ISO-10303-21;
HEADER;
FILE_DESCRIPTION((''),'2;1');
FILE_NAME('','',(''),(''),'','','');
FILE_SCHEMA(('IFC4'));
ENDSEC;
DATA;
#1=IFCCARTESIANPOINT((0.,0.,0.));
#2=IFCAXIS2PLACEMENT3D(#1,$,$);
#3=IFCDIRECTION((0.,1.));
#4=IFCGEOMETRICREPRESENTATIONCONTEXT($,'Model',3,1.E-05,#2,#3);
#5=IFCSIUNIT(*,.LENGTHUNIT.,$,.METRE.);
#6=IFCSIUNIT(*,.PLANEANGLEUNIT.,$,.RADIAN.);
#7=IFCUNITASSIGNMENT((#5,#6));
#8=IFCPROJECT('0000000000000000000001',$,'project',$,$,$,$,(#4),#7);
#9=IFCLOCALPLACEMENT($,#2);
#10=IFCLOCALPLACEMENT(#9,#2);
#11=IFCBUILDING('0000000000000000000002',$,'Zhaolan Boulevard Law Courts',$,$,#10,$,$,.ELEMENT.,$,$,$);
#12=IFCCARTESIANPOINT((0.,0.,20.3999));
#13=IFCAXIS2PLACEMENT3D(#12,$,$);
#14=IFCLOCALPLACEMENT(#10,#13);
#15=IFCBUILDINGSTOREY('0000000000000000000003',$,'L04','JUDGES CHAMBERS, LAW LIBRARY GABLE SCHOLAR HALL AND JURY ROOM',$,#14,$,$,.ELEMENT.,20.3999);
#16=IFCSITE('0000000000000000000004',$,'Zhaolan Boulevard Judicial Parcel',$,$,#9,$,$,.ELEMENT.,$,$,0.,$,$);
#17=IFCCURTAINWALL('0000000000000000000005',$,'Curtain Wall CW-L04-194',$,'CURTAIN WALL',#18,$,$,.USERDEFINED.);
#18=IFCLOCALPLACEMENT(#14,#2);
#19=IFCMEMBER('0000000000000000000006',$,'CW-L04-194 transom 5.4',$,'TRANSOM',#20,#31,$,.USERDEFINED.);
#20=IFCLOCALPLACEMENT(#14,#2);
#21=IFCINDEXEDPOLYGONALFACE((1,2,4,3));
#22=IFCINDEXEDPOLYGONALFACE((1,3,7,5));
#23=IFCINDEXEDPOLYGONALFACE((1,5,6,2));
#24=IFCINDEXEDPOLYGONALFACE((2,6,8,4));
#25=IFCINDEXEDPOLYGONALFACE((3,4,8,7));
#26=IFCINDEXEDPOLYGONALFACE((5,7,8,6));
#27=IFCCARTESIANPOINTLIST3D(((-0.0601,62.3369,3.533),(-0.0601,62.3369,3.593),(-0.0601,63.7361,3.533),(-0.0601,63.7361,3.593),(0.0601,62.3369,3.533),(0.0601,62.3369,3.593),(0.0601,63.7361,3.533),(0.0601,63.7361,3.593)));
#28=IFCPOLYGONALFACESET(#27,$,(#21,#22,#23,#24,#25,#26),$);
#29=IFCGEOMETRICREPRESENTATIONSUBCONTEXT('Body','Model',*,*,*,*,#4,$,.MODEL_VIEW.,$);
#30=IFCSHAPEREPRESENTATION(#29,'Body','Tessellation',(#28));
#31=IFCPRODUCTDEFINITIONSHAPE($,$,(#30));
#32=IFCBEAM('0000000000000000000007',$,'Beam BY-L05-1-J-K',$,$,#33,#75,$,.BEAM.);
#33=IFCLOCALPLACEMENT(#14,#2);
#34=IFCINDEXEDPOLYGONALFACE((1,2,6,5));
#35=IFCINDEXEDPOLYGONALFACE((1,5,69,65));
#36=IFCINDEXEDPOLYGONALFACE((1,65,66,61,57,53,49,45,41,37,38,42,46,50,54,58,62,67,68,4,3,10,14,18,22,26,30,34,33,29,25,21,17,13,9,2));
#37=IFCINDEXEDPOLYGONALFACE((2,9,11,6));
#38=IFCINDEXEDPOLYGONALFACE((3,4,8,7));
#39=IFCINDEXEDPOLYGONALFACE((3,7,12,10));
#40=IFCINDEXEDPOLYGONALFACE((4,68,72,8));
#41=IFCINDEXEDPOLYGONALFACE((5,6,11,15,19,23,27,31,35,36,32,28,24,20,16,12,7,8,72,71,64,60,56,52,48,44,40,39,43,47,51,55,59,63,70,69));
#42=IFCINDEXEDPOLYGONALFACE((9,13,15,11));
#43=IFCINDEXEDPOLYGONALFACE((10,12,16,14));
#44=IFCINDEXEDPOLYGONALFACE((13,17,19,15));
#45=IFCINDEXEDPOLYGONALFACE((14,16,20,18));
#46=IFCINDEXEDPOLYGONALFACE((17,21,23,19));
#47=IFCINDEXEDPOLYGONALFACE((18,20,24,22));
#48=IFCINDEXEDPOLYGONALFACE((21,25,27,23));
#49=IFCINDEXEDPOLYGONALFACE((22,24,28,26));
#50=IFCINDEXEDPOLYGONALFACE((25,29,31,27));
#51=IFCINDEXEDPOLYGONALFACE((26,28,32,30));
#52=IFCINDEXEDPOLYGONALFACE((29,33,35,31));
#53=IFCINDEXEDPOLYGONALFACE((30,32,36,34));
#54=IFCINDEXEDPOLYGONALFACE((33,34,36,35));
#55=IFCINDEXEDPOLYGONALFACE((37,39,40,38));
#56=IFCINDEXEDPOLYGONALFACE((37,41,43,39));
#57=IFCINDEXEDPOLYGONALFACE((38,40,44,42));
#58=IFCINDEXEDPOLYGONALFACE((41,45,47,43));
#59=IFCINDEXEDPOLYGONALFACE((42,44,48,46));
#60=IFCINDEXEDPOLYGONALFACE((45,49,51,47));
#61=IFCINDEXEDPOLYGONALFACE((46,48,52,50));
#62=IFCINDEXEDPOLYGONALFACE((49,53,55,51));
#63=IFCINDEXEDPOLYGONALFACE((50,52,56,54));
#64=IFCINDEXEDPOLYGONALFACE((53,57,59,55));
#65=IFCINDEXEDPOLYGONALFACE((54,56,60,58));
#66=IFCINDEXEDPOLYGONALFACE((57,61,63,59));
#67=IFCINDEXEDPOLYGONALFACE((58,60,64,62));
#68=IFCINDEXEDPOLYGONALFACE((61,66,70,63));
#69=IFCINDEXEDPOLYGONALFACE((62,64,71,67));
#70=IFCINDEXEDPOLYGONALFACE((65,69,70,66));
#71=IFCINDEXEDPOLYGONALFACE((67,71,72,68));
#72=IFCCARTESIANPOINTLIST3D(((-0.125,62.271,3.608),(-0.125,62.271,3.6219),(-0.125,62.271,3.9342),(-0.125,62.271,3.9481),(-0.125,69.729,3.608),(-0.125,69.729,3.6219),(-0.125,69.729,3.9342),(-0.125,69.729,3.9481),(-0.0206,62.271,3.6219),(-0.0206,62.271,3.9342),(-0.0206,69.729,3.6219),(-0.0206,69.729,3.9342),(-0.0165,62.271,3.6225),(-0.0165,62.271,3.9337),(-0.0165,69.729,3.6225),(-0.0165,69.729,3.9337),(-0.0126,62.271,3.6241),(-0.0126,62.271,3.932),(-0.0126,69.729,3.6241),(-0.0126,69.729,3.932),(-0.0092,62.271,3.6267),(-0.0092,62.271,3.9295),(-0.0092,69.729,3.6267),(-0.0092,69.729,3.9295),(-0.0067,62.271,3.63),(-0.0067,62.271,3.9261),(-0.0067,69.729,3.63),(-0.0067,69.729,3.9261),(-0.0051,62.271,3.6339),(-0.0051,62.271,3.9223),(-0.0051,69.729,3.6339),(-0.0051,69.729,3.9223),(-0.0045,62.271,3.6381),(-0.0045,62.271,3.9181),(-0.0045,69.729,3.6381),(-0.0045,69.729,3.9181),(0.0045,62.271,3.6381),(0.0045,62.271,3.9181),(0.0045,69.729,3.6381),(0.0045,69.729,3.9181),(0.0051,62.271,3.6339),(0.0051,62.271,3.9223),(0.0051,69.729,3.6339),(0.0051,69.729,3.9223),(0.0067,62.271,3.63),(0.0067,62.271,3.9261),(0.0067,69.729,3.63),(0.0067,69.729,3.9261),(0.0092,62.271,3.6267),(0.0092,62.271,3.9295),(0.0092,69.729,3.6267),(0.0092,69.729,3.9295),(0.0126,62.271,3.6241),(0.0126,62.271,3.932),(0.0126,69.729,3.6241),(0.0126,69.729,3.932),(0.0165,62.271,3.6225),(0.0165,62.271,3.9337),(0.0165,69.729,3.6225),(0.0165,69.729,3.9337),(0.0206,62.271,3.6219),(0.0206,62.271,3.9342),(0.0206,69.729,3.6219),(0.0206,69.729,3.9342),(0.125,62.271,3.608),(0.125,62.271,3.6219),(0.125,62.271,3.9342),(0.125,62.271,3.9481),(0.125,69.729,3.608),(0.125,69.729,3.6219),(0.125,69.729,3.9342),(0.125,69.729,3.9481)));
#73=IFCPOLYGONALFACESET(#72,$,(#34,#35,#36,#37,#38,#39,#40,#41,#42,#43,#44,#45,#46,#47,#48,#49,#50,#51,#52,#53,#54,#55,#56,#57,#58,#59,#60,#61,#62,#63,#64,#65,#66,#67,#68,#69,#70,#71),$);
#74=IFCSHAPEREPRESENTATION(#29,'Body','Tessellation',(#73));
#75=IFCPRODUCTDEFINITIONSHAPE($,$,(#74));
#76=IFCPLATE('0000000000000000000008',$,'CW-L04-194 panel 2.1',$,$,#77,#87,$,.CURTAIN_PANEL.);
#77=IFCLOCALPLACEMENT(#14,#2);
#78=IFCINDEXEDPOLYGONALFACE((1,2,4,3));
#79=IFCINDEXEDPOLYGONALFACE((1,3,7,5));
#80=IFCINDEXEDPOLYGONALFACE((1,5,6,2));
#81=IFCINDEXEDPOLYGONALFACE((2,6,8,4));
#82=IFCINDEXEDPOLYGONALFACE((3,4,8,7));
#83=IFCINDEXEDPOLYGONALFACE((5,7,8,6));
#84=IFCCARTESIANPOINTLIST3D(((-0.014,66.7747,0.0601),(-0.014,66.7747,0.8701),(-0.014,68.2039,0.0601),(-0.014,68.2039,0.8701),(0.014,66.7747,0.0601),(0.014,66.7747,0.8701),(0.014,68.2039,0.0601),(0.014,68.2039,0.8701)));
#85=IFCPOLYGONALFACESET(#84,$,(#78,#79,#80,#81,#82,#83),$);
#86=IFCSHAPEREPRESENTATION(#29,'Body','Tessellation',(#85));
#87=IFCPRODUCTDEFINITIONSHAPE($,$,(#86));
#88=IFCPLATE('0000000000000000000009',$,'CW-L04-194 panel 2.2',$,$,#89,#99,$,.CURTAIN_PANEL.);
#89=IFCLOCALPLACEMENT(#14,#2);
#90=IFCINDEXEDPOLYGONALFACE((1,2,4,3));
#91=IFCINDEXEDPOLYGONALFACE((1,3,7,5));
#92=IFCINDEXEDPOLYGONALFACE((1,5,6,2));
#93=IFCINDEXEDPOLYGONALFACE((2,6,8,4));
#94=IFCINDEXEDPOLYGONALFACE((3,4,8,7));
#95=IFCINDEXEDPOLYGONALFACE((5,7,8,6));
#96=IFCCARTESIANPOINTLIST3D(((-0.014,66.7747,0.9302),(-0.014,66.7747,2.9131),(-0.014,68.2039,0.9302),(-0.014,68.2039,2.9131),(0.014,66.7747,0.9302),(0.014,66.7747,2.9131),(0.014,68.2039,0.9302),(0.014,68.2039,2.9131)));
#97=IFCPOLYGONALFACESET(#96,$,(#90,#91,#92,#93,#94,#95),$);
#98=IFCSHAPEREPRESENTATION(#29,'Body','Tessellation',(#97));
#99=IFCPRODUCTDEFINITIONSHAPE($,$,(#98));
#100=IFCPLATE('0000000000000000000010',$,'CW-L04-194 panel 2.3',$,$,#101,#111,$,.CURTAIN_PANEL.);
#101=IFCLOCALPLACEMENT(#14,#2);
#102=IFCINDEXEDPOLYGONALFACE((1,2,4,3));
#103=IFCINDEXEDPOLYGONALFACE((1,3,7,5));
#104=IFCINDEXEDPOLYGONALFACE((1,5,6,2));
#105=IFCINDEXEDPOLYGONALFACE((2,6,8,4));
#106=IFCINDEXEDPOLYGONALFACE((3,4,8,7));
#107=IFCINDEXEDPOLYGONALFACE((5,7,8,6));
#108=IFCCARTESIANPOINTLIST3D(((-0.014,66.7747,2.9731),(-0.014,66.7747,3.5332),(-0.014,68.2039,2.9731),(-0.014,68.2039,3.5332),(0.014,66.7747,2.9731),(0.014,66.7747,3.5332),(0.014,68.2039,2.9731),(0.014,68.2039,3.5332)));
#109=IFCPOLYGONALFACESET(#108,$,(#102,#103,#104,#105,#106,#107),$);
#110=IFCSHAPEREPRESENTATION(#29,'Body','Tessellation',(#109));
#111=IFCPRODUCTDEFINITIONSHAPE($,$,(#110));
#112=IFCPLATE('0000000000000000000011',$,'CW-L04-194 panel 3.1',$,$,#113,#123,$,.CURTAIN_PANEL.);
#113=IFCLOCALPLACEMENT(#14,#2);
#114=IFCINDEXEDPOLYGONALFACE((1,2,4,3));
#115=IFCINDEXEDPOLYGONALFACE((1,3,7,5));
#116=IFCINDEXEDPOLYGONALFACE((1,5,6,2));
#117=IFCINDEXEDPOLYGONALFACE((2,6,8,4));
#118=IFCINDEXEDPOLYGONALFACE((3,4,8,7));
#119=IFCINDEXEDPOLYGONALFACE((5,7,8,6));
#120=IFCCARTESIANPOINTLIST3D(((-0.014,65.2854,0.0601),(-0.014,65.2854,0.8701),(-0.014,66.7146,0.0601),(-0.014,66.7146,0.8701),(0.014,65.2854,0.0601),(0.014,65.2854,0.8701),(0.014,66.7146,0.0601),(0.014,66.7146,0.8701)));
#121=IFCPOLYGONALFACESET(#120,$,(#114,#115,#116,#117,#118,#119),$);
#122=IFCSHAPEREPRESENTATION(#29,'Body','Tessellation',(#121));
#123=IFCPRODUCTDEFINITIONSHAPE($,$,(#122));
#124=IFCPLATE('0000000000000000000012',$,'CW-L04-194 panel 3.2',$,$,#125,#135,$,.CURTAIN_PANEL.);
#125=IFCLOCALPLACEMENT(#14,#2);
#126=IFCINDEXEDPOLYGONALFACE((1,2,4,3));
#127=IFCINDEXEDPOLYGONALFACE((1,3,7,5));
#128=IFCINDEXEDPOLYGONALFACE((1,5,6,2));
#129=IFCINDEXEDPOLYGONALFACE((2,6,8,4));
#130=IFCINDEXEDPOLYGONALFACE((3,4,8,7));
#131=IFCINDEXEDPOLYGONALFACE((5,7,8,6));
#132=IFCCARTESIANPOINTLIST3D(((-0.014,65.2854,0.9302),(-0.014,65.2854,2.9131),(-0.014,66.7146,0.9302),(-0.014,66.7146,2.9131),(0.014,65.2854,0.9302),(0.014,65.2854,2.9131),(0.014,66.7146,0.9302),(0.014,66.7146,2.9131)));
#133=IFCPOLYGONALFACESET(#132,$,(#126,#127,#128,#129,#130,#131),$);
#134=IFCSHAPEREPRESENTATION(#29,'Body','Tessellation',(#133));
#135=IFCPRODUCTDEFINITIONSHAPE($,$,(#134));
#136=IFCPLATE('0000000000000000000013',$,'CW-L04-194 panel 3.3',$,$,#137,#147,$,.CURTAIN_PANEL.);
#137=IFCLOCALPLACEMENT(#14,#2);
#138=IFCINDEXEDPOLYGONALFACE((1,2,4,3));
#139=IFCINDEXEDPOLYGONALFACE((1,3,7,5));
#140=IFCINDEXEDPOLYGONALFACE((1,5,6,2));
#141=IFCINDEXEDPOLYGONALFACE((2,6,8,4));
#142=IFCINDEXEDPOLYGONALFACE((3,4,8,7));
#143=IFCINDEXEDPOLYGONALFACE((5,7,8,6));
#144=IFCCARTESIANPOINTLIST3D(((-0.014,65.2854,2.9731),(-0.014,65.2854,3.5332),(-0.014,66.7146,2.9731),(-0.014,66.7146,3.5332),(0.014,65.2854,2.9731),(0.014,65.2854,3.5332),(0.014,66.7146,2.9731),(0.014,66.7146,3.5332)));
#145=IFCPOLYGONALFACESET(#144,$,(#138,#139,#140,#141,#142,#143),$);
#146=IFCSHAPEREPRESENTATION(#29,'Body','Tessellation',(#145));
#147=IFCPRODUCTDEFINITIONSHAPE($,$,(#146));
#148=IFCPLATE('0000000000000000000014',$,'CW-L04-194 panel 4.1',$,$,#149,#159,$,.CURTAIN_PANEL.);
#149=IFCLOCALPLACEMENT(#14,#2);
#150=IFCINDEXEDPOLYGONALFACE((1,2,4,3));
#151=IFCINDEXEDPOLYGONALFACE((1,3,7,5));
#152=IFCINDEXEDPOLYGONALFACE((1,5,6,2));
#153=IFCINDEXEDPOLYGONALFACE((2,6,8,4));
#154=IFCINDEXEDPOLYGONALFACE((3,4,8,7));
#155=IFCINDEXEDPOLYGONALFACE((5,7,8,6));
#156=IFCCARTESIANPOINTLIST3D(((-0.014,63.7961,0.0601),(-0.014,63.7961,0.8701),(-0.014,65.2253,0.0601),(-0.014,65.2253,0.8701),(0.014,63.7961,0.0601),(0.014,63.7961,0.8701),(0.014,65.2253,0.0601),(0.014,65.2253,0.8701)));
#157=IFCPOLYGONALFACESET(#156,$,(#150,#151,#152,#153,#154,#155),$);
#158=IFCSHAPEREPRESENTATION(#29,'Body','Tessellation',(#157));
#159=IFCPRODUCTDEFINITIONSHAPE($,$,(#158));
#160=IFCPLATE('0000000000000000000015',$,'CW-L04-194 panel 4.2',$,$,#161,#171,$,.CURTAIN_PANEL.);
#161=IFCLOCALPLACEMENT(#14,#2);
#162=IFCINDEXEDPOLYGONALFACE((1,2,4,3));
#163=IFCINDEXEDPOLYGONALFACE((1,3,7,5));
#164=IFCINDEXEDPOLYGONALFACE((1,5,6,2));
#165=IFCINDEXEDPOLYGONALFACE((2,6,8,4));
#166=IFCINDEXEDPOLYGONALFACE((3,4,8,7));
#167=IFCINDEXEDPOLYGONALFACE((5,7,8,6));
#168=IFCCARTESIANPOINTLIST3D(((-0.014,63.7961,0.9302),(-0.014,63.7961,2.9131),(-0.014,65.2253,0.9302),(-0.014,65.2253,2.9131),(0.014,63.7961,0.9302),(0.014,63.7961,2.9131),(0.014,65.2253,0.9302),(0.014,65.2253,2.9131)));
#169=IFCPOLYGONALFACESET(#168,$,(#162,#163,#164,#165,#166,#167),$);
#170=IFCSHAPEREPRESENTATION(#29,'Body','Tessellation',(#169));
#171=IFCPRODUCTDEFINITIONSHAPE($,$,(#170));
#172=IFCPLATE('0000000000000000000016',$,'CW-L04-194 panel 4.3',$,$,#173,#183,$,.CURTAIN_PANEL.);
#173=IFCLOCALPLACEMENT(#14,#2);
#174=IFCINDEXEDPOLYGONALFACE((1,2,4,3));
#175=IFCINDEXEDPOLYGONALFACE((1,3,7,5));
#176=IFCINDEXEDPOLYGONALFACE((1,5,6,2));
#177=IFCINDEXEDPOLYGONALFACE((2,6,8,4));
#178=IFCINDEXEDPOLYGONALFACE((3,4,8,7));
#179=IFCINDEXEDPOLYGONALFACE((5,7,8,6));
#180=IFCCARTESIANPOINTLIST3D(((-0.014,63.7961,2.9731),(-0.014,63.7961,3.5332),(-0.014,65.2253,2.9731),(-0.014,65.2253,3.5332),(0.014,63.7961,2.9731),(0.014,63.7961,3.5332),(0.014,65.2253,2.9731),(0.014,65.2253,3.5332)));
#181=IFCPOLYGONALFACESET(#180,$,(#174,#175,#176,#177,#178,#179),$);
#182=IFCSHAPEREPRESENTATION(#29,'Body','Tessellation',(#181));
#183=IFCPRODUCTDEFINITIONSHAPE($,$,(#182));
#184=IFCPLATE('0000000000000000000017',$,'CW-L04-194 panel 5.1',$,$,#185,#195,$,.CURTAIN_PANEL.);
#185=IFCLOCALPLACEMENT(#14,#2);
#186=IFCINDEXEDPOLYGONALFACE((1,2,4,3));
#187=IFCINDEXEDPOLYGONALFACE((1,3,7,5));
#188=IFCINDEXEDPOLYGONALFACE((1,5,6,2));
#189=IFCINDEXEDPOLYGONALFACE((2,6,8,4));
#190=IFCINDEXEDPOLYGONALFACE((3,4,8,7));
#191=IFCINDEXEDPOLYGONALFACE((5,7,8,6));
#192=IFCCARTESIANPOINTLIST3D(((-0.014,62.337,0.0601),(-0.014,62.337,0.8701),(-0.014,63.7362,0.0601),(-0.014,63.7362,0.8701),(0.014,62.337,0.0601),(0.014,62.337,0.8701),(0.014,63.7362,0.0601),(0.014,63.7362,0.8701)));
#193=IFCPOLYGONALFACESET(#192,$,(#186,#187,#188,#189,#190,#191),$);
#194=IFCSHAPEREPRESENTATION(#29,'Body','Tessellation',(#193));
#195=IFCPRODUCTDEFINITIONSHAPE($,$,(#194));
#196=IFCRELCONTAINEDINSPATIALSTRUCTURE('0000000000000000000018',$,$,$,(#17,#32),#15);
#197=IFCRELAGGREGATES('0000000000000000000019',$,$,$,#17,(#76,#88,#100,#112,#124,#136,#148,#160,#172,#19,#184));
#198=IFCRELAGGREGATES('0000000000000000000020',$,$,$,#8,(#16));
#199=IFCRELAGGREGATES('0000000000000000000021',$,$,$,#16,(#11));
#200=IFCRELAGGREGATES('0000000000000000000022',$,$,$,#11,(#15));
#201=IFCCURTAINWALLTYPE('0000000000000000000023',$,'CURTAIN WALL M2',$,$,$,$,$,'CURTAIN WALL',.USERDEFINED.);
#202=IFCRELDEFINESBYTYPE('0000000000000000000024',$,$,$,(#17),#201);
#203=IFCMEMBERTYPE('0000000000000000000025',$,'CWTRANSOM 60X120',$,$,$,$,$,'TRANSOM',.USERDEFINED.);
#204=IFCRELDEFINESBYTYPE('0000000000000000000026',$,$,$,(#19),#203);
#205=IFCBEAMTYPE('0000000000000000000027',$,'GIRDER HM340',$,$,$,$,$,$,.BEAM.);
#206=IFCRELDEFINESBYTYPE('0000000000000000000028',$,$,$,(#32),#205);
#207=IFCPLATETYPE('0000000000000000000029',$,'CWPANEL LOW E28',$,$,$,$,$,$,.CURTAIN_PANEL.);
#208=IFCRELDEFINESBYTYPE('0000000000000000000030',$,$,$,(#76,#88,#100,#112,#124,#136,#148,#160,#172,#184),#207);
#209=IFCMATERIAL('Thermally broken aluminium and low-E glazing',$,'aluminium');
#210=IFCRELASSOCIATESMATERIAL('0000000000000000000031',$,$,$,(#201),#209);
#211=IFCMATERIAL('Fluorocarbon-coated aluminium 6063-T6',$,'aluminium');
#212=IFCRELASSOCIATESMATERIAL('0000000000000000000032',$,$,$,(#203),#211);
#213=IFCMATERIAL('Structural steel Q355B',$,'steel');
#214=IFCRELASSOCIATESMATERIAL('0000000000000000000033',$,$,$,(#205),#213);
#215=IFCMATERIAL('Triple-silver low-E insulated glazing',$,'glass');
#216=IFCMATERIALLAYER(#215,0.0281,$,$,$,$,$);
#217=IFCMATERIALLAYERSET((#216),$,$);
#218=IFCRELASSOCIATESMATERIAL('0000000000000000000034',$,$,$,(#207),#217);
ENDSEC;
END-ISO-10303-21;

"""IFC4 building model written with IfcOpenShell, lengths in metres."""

from ifc_helpers import new_model, si_unit, direction, frame, origin, origin_2d, place, context, subcontext, project, spatial, rectangle, i_section, extrude, material, layer, layer_set, material_profile, profile_set, type_object, element, aggregate, save


model = new_model("IFC4")

# Units and contexts
model_context = context("Model", 3, precision=1e-05, world=origin(), true_north=direction((0.0, 1.0)))
body_context = subcontext(model_context, "Body", "Model", "MODEL_VIEW")
ifc_project = project(units=[si_unit("LENGTHUNIT", "METRE"), si_unit("PLANEANGLEUNIT", "RADIAN")], contexts=[model_context])

# Site, building, storey
site_placement = place(None, origin())
site = spatial("IfcSite", under=ifc_project, at=site_placement, Name="Zhaolan Boulevard Judicial Parcel", CompositionType="ELEMENT", RefElevation=0.0)
building_placement = place(site_placement, origin())
building = spatial("IfcBuilding", under=site, at=building_placement, Name="Zhaolan Boulevard Law Courts", CompositionType="ELEMENT")
storey_placement = place(building_placement, frame((0.0, 0.0, 20.3999)))
storey = spatial("IfcBuildingStorey", under=building, at=storey_placement, Name="L04", Description="JUDGES CHAMBERS, LAW LIBRARY GABLE SCHOLAR HALL AND JURY ROOM", CompositionType="ELEMENT", Elevation=20.3999)

# Curtain wall, member
ifc_material_1 = material(Name="Thermally broken aluminium and low-E glazing", Category="aluminium")
curtain_wall_type = type_object("IfcCurtainWallType", Name="CURTAIN WALL M2", ElementType="CURTAIN WALL", PredefinedType="USERDEFINED", material=ifc_material_1)
curtain_wall_placement = place(storey_placement, origin())
curtain_wall = element("IfcCurtainWall", 1, at=curtain_wall_placement, inside=storey, type_object=curtain_wall_type, Name="Curtain Wall CW-L04-194", ObjectType="CURTAIN WALL", PredefinedType="USERDEFINED")
ifc_material_2 = material(Name="Fluorocarbon-coated aluminium 6063-T6", Category="aluminium")
ifc_material_profile_1 = material_profile(ifc_material_2, rectangle(XDim=0.1201, YDim=0.0601, at=origin_2d()), Name="AL60x120")
ifc_profile_set_1 = profile_set([ifc_material_profile_1], Name="Fluorocarbon-coated aluminium 6063-T6")
member_type_1 = type_object("IfcMemberType", Name="CWTRANSOM 60X120", ElementType="TRANSOM", PredefinedType="USERDEFINED", material=ifc_profile_set_1)
member_1_placement = place(storey_placement, frame((0.0, 63.7361, 3.563), z_axis=(0.0, -1.0, 0.0), x_axis=(1.0, 0.0, 0.0)))
member_1 = element("IfcMember", 2, at=member_1_placement, type_object=member_type_1, Name="CW-L04-194 transom 5.4", ObjectType="TRANSOM", PredefinedType="USERDEFINED", context=body_context, shape_type="SweptSolid", body=[
    extrude(rectangle(XDim=0.1201, YDim=0.0601, at=origin_2d()), origin(), (0.0, 0.0, 1.0), 1.3992),
])

# Beam
ifc_material_3 = material(Name="Structural steel Q355B", Category="steel")
ifc_material_profile_2 = material_profile(ifc_material_3, i_section(OverallWidth=0.25, OverallDepth=0.3401, WebThickness=0.009, FlangeThickness=0.0139, FilletRadius=0.0161, at=origin_2d()), Name="HM340x250")
ifc_profile_set_2 = profile_set([ifc_material_profile_2], Name="Structural steel Q355B")
beam_type = type_object("IfcBeamType", Name="GIRDER HM340", PredefinedType="BEAM", material=ifc_profile_set_2)
beam_placement = place(storey_placement, frame((0.0, 62.271, 3.7781), z_axis=(0.0, 1.0, 0.0), x_axis=(-1.0, 0.0, 0.0)))
element("IfcBeam", 3, at=beam_placement, inside=storey, type_object=beam_type, Name="Beam BY-L05-1-J-K", PredefinedType="BEAM", context=body_context, shape_type="SweptSolid", body=[
    extrude(i_section(OverallWidth=0.25, OverallDepth=0.3401, WebThickness=0.009, FlangeThickness=0.0139, FilletRadius=0.0161, at=origin_2d()), origin(), (0.0, 0.0, 1.0), 7.458),
])

# Plates
ifc_material_4 = material(Name="Triple-silver low-E insulated glazing", Category="glass")
ifc_layer = layer(ifc_material_4, 0.0281)
ifc_layer_set = layer_set([ifc_layer])
plate_type = type_object("IfcPlateType", Name="CWPANEL LOW E28", PredefinedType="CURTAIN_PANEL", material=ifc_layer_set)
plate_1_placement = place(storey_placement, frame((0.0, 67.4893, 0.0601), z_axis=(0.0, 0.0, 1.0), x_axis=(0.0, -1.0, 0.0)))
plate_1 = element("IfcPlate", 4, at=plate_1_placement, type_object=plate_type, Name="CW-L04-194 panel 2.1", PredefinedType="CURTAIN_PANEL", context=body_context, shape_type="SweptSolid", body=[
    extrude(rectangle(XDim=1.4292, YDim=0.0281, at=origin_2d()), origin(), (0.0, 0.0, 1.0), 0.8101),
])
plate_2_placement = place(storey_placement, frame((0.0, 67.4893, 0.9302), z_axis=(0.0, 0.0, 1.0), x_axis=(0.0, -1.0, 0.0)))
plate_2 = element("IfcPlate", 5, at=plate_2_placement, type_object=plate_type, Name="CW-L04-194 panel 2.2", PredefinedType="CURTAIN_PANEL", context=body_context, shape_type="SweptSolid", body=[
    extrude(rectangle(XDim=1.4292, YDim=0.0281, at=origin_2d()), origin(), (0.0, 0.0, 1.0), 1.9829),
])
plate_3_placement = place(storey_placement, frame((0.0, 67.4893, 2.9731), z_axis=(0.0, 0.0, 1.0), x_axis=(0.0, -1.0, 0.0)))
plate_3 = element("IfcPlate", 6, at=plate_3_placement, type_object=plate_type, Name="CW-L04-194 panel 2.3", PredefinedType="CURTAIN_PANEL", context=body_context, shape_type="SweptSolid", body=[
    extrude(rectangle(XDim=1.4292, YDim=0.0281, at=origin_2d()), origin(), (0.0, 0.0, 1.0), 0.5601),
])
plate_4_placement = place(storey_placement, frame((0.0, 66.0, 0.0601), z_axis=(0.0, 0.0, 1.0), x_axis=(0.0, -1.0, 0.0)))
plate_4 = element("IfcPlate", 7, at=plate_4_placement, type_object=plate_type, Name="CW-L04-194 panel 3.1", PredefinedType="CURTAIN_PANEL", context=body_context, shape_type="SweptSolid", body=[
    extrude(rectangle(XDim=1.4292, YDim=0.0281, at=origin_2d()), origin(), (0.0, 0.0, 1.0), 0.8101),
])
plate_5_placement = place(storey_placement, frame((0.0, 66.0, 0.9302), z_axis=(0.0, 0.0, 1.0), x_axis=(0.0, -1.0, 0.0)))
plate_5 = element("IfcPlate", 8, at=plate_5_placement, type_object=plate_type, Name="CW-L04-194 panel 3.2", PredefinedType="CURTAIN_PANEL", context=body_context, shape_type="SweptSolid", body=[
    extrude(rectangle(XDim=1.4292, YDim=0.0281, at=origin_2d()), origin(), (0.0, 0.0, 1.0), 1.9829),
])
plate_6_placement = place(storey_placement, frame((0.0, 66.0, 2.9731), z_axis=(0.0, 0.0, 1.0), x_axis=(0.0, -1.0, 0.0)))
plate_6 = element("IfcPlate", 9, at=plate_6_placement, type_object=plate_type, Name="CW-L04-194 panel 3.3", PredefinedType="CURTAIN_PANEL", context=body_context, shape_type="SweptSolid", body=[
    extrude(rectangle(XDim=1.4292, YDim=0.0281, at=origin_2d()), origin(), (0.0, 0.0, 1.0), 0.5601),
])
plate_7_placement = place(storey_placement, frame((0.0, 64.5107, 0.0601), z_axis=(0.0, 0.0, 1.0), x_axis=(0.0, -1.0, 0.0)))
plate_7 = element("IfcPlate", 10, at=plate_7_placement, type_object=plate_type, Name="CW-L04-194 panel 4.1", PredefinedType="CURTAIN_PANEL", context=body_context, shape_type="SweptSolid", body=[
    extrude(rectangle(XDim=1.4292, YDim=0.0281, at=origin_2d()), origin(), (0.0, 0.0, 1.0), 0.8101),
])
plate_8_placement = place(storey_placement, frame((0.0, 64.5107, 0.9302), z_axis=(0.0, 0.0, 1.0), x_axis=(0.0, -1.0, 0.0)))
plate_8 = element("IfcPlate", 11, at=plate_8_placement, type_object=plate_type, Name="CW-L04-194 panel 4.2", PredefinedType="CURTAIN_PANEL", context=body_context, shape_type="SweptSolid", body=[
    extrude(rectangle(XDim=1.4292, YDim=0.0281, at=origin_2d()), origin(), (0.0, 0.0, 1.0), 1.9829),
])
plate_9_placement = place(storey_placement, frame((0.0, 64.5107, 2.9731), z_axis=(0.0, 0.0, 1.0), x_axis=(0.0, -1.0, 0.0)))
plate_9 = element("IfcPlate", 12, at=plate_9_placement, type_object=plate_type, Name="CW-L04-194 panel 4.3", PredefinedType="CURTAIN_PANEL", context=body_context, shape_type="SweptSolid", body=[
    extrude(rectangle(XDim=1.4292, YDim=0.0281, at=origin_2d()), origin(), (0.0, 0.0, 1.0), 0.5601),
])
plate_10_placement = place(storey_placement, frame((0.0, 63.0366, 0.0601), z_axis=(0.0, 0.0, 1.0), x_axis=(0.0, -1.0, 0.0)))
plate_10 = element("IfcPlate", 13, at=plate_10_placement, type_object=plate_type, Name="CW-L04-194 panel 5.1", PredefinedType="CURTAIN_PANEL", context=body_context, shape_type="SweptSolid", body=[
    extrude(rectangle(XDim=1.3992, YDim=0.0281, at=origin_2d()), origin(), (0.0, 0.0, 1.0), 0.8101),
])
aggregate(curtain_wall, [plate_1, plate_2, plate_3, plate_4, plate_5, plate_6, plate_7, plate_8, plate_9, member_1, plate_10])

save(model, "model.ifc")
